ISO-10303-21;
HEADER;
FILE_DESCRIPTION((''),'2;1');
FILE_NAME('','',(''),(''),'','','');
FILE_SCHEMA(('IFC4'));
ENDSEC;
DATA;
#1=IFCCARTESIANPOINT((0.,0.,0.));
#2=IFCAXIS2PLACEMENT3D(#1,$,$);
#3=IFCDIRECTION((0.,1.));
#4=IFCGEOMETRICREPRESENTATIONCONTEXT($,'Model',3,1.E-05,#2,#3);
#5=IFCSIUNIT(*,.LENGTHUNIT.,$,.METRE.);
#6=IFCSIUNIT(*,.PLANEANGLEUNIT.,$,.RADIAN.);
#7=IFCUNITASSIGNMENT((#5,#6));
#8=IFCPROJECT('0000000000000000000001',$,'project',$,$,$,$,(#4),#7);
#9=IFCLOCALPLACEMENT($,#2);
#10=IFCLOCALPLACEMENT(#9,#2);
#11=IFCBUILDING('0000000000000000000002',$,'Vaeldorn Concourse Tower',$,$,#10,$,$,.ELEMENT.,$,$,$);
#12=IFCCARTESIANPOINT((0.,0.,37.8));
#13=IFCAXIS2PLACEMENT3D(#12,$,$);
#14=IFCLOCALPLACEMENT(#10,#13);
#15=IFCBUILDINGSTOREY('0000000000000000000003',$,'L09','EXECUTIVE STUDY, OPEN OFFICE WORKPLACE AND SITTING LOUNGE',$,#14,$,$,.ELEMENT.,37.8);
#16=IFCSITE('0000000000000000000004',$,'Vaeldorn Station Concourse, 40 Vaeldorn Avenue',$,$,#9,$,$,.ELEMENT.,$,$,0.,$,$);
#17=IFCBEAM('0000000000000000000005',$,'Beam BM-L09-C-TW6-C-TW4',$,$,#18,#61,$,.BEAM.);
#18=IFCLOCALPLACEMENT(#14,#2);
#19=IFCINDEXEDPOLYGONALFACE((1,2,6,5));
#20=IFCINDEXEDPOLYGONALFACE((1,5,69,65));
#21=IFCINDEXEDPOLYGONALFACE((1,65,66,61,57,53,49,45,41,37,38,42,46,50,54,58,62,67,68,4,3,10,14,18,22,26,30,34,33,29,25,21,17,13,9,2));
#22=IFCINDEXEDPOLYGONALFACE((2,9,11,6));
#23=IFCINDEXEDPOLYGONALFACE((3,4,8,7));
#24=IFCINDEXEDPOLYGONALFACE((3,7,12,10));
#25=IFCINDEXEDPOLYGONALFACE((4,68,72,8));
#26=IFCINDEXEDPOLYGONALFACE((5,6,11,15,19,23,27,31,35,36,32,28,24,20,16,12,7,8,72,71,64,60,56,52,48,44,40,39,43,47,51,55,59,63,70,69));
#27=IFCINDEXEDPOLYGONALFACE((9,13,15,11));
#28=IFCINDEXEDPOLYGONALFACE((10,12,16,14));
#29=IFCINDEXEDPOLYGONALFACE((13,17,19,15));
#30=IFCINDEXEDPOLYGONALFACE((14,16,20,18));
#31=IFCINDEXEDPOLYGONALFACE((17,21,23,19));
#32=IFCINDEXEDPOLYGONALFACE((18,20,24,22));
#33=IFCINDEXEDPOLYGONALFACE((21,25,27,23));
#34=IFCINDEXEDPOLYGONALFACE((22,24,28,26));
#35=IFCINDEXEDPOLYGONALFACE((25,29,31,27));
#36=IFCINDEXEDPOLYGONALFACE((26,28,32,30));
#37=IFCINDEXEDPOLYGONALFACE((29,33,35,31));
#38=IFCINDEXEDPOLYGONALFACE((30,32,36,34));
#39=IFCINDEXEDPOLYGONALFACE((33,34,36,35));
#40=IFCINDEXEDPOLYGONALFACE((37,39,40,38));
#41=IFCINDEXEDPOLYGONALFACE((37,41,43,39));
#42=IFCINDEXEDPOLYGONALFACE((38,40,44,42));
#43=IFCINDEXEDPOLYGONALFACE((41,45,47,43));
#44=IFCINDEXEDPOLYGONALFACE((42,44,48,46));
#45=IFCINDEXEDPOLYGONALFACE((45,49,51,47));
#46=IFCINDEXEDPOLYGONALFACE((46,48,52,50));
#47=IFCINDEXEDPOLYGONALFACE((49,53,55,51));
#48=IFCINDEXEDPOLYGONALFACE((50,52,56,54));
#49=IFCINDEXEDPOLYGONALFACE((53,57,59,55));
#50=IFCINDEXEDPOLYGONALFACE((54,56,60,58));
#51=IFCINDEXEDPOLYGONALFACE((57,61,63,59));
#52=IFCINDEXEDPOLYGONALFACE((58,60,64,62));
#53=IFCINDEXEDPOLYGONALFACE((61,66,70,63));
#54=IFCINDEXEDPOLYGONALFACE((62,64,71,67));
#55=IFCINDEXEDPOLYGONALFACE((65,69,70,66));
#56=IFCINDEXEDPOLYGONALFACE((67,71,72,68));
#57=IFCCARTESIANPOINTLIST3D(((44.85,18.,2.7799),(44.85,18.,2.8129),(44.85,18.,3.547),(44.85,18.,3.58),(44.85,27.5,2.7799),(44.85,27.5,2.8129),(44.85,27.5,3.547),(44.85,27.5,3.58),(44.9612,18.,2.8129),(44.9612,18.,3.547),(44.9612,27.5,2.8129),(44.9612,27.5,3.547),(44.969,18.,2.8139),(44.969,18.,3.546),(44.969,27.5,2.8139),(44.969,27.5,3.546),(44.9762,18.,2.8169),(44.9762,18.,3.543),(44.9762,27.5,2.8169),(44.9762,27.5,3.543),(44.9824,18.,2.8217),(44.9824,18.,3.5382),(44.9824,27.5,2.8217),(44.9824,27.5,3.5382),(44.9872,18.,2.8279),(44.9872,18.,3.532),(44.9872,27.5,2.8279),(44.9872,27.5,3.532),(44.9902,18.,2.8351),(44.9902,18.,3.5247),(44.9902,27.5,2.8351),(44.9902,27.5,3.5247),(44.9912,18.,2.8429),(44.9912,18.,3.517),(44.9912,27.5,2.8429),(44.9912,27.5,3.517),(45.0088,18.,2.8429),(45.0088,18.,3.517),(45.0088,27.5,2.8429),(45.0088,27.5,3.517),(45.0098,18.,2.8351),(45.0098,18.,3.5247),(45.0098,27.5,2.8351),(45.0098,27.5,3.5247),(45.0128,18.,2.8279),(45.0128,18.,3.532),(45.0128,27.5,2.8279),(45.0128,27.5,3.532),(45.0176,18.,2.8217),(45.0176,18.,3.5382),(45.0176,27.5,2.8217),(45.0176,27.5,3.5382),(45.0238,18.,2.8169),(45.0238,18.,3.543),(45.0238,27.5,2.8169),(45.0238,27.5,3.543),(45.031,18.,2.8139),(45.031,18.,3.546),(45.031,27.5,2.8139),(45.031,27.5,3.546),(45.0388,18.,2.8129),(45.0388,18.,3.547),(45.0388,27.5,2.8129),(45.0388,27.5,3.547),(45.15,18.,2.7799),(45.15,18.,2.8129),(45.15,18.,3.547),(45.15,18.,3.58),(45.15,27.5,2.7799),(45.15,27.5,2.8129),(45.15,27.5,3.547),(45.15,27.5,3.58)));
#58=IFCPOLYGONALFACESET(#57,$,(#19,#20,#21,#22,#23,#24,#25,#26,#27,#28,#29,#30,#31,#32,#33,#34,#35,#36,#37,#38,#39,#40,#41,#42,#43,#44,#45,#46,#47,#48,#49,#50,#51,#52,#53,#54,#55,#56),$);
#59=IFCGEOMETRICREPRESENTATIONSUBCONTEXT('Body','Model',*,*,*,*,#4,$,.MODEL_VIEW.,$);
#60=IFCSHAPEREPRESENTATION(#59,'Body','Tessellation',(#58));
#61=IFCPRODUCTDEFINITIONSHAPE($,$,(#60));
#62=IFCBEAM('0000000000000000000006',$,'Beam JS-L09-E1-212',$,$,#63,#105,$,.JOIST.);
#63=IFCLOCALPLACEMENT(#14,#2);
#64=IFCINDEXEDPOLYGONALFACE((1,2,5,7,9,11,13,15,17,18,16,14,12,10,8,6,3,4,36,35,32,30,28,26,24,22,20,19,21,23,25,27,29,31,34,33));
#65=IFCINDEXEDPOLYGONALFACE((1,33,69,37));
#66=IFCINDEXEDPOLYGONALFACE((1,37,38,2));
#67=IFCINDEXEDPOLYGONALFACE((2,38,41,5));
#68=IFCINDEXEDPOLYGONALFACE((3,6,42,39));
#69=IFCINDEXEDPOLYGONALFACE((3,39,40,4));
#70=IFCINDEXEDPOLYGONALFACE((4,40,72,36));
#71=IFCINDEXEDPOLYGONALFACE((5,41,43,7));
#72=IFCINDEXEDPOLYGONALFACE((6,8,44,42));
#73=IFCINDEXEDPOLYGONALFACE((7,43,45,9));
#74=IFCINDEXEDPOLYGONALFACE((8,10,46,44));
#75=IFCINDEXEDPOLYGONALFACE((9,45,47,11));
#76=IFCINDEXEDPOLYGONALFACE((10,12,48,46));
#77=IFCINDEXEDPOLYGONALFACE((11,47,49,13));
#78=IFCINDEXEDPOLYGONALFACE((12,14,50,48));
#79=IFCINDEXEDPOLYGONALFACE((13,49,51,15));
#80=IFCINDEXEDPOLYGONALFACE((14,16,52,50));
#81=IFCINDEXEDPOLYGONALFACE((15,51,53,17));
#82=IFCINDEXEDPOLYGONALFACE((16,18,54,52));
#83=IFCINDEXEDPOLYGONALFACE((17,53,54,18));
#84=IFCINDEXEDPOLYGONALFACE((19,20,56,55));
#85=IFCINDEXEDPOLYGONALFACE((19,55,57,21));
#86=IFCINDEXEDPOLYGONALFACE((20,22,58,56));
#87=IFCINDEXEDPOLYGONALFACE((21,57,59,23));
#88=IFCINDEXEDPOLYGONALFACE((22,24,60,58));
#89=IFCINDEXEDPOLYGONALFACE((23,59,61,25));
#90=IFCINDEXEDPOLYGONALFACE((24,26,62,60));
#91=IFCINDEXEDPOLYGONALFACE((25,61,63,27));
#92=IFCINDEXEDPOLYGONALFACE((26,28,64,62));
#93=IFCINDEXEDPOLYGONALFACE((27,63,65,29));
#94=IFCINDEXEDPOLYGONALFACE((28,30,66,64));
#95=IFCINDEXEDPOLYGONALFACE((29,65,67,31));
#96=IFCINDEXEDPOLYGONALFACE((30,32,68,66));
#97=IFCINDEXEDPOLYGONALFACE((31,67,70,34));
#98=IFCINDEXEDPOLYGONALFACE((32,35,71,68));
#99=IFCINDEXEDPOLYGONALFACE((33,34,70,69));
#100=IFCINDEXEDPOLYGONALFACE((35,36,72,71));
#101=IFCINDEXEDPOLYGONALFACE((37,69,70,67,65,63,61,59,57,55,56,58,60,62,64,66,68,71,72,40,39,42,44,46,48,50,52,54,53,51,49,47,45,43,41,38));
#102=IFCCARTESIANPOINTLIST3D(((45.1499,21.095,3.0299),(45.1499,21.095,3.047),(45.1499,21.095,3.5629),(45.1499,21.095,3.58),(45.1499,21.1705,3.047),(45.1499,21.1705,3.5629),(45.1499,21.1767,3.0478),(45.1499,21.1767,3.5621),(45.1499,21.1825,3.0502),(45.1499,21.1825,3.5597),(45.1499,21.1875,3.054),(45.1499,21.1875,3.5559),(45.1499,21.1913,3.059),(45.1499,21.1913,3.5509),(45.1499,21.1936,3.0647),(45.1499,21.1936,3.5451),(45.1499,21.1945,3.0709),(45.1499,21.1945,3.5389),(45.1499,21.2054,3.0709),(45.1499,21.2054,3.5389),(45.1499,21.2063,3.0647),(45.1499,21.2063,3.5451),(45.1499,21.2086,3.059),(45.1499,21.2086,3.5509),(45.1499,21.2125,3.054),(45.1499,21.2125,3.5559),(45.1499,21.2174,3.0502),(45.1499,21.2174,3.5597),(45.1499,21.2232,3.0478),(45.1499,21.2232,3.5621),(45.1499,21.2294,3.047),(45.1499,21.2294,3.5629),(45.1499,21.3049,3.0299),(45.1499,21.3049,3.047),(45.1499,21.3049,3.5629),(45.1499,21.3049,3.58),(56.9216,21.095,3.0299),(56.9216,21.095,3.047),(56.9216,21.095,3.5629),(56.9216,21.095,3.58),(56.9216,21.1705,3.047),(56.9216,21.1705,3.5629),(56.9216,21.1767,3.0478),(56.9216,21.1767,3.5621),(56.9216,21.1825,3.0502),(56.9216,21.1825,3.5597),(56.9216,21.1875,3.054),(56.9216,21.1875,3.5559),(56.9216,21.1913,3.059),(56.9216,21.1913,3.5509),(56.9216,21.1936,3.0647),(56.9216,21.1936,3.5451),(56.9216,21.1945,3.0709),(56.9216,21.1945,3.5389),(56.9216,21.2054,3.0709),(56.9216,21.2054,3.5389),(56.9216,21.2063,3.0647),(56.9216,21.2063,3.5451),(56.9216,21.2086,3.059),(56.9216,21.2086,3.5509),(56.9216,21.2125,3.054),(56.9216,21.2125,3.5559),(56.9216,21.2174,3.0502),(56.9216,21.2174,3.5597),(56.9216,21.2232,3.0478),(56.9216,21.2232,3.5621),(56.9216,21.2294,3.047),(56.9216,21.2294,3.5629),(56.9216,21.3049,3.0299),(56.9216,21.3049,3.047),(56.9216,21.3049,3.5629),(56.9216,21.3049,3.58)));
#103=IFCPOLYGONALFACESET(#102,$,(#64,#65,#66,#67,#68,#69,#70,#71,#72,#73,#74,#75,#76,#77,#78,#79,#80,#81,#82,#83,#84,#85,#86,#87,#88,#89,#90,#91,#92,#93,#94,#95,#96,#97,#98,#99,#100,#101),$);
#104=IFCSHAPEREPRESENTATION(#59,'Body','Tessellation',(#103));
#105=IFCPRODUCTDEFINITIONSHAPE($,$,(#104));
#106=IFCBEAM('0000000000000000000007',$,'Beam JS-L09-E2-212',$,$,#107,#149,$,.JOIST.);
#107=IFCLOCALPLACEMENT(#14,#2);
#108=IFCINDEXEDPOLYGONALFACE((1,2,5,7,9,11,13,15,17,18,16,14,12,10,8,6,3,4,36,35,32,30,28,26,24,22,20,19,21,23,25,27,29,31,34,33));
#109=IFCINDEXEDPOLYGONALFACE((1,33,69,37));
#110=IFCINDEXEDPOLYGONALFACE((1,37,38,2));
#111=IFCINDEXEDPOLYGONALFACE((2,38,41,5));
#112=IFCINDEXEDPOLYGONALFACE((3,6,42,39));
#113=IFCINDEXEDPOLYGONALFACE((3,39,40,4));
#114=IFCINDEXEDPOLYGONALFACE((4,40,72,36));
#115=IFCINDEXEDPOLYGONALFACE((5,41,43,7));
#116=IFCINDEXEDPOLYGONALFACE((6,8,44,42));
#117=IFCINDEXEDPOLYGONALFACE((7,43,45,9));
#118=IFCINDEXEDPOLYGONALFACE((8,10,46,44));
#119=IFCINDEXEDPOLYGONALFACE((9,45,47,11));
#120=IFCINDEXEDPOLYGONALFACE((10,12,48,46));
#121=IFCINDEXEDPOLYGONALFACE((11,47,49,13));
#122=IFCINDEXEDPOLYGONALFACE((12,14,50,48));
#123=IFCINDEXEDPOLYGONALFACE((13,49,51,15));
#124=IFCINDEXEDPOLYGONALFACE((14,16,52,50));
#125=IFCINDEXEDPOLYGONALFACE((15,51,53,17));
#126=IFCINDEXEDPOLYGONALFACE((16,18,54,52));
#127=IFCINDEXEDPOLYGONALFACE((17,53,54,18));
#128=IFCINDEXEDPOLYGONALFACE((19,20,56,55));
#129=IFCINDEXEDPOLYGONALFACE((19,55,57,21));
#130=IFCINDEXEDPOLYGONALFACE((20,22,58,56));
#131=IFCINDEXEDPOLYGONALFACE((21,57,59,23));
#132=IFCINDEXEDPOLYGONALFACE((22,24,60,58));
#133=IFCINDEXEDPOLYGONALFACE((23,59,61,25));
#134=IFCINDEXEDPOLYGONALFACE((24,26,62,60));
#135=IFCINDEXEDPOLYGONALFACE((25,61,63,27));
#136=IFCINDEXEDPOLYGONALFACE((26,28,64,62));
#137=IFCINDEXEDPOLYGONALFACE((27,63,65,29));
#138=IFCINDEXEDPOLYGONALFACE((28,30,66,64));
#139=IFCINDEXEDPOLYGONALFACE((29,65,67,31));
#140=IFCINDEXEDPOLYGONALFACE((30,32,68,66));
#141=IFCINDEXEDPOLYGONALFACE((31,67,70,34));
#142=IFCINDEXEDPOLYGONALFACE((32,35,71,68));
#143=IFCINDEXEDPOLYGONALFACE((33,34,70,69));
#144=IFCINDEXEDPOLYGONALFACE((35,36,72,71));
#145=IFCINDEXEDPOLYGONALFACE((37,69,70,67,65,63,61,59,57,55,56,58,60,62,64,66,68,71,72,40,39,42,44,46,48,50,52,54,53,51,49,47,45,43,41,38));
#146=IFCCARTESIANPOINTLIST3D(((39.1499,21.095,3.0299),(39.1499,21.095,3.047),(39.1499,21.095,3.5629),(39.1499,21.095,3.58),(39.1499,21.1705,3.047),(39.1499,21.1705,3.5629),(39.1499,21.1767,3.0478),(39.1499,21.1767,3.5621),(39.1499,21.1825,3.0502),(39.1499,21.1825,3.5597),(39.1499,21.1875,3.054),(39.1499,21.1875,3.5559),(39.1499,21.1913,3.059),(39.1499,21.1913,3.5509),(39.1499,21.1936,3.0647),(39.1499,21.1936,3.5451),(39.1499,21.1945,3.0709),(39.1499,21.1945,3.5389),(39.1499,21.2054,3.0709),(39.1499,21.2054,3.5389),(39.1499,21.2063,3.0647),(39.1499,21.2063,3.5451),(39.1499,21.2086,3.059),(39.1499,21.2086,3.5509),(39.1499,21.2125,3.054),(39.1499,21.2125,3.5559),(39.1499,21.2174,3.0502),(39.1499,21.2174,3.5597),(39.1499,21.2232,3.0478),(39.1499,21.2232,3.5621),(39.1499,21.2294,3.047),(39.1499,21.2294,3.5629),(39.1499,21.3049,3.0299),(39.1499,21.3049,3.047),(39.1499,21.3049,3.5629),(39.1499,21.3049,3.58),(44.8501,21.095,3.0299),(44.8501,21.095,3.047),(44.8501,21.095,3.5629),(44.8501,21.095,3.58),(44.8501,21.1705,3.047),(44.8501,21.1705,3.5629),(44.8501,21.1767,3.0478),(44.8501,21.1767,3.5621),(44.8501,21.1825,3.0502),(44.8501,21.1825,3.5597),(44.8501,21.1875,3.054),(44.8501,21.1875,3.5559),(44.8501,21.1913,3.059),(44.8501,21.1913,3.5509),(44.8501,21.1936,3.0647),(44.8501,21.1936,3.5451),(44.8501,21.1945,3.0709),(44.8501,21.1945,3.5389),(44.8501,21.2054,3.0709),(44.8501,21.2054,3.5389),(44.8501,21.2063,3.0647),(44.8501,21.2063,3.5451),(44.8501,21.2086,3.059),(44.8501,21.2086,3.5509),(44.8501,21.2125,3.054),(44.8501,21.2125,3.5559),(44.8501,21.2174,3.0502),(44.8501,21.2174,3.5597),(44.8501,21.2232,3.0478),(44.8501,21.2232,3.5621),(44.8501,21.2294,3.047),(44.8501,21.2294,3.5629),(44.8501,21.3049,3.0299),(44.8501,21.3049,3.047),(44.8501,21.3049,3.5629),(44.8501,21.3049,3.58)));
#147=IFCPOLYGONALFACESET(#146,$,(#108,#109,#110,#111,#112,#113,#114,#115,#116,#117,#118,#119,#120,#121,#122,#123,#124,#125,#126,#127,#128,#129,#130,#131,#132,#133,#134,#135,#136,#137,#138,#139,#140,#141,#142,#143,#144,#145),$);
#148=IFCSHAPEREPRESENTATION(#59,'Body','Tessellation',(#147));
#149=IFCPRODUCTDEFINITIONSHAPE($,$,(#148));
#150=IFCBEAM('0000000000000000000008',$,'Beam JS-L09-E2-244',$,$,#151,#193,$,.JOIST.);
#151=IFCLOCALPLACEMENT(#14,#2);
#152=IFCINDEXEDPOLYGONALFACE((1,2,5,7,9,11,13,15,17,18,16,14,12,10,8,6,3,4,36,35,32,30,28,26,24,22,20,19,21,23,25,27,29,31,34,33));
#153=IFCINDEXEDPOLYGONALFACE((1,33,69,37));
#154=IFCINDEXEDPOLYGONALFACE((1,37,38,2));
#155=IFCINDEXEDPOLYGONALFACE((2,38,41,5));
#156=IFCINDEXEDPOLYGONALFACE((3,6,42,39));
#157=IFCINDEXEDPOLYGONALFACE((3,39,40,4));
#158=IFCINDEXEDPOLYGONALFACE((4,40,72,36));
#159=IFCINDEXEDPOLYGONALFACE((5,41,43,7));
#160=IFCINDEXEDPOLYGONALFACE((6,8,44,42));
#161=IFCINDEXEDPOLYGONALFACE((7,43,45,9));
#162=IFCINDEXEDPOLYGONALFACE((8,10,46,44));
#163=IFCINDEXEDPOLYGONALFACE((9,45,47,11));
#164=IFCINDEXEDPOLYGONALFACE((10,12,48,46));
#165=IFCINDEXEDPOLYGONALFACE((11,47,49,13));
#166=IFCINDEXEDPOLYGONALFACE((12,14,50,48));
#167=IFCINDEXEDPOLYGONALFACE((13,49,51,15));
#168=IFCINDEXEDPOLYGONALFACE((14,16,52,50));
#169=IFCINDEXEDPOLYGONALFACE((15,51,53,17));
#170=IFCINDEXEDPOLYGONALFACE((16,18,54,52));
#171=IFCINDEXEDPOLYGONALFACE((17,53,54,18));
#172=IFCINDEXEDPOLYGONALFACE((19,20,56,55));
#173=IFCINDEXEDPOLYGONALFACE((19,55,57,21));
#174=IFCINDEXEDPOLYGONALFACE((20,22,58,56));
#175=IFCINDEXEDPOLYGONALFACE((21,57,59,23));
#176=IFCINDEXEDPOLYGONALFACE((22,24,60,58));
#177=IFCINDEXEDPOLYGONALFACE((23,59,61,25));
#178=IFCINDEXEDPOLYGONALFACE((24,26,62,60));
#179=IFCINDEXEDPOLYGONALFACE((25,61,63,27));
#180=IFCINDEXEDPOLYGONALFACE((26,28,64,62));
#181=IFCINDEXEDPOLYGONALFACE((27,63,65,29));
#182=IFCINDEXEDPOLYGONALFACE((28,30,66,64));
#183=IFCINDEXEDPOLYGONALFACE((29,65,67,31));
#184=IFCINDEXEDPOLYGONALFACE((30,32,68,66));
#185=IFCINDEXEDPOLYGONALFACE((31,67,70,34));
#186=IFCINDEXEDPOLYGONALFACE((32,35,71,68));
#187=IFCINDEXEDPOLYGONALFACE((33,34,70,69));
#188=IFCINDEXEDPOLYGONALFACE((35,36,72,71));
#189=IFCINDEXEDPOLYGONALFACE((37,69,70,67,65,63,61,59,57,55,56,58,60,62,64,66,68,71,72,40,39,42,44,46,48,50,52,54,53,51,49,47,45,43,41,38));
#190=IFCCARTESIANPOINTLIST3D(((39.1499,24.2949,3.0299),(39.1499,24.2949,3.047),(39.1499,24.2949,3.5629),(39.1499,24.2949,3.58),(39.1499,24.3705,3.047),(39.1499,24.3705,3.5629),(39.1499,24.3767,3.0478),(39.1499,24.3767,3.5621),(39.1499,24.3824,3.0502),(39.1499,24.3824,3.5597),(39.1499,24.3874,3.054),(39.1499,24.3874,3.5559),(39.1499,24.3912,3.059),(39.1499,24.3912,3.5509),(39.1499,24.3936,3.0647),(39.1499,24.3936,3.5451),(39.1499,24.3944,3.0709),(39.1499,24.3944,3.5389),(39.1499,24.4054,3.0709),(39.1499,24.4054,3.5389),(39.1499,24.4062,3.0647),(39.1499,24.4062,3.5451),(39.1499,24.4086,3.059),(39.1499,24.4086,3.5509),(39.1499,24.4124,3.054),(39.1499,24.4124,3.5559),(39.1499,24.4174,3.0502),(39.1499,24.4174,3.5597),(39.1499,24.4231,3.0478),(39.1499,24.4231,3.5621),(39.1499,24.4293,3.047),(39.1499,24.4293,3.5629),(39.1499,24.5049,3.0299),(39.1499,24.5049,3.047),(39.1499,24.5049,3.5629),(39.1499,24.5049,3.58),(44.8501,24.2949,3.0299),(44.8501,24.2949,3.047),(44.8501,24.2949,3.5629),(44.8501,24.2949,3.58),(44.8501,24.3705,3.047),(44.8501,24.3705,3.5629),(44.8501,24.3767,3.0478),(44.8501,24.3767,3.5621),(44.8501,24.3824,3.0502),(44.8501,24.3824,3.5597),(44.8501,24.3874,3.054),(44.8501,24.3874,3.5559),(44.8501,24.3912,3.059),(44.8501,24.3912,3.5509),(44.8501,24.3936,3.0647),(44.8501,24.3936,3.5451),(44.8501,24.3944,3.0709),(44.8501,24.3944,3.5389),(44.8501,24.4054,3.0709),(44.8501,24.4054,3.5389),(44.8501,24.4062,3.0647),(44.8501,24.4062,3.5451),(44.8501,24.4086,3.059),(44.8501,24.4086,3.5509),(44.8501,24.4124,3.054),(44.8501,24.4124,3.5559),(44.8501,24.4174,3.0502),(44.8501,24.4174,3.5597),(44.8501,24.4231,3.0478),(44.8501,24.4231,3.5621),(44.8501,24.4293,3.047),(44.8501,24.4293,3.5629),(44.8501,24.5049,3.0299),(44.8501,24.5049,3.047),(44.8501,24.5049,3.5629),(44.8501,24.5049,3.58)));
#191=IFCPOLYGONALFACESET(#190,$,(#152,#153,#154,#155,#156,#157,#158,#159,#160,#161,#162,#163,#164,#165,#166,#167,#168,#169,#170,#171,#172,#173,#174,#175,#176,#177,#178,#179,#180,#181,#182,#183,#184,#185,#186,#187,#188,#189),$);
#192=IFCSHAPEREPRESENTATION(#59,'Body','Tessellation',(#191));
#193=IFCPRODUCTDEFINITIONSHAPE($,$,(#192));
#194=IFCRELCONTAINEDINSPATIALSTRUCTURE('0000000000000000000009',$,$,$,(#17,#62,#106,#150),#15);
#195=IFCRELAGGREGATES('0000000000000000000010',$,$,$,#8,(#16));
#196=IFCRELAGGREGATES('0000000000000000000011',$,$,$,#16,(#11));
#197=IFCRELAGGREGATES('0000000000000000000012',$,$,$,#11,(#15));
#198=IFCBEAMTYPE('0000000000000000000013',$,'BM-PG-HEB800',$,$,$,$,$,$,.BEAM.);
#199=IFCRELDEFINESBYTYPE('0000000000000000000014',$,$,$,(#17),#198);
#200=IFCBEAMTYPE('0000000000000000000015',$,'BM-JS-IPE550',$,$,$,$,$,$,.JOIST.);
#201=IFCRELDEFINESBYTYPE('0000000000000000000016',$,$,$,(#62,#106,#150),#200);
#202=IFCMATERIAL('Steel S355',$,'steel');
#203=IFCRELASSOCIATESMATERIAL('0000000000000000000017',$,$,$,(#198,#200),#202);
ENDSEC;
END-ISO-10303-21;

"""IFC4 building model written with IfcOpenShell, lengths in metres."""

from ifc_helpers import new_model, si_unit, direction, frame, origin, origin_2d, place, context, subcontext, project, spatial, i_section, extrude, source, transform, mapped, material, material_profile, profile_set, type_object, element, save


model = new_model("IFC4")

# Units and contexts
model_context = context("Model", 3, precision=1e-05, world=origin(), true_north=direction((0.0, 1.0)))
body_context = subcontext(model_context, "Body", "Model", "MODEL_VIEW")
ifc_project = project(units=[si_unit("LENGTHUNIT", "METRE"), si_unit("PLANEANGLEUNIT", "RADIAN")], contexts=[model_context])

# Site, building, storey
site_placement = place(None, origin())
site = spatial("IfcSite", under=ifc_project, at=site_placement, Name="Vaeldorn Station Concourse, 40 Vaeldorn Avenue", CompositionType="ELEMENT", RefElevation=0.0)
building_placement = place(site_placement, origin())
building = spatial("IfcBuilding", under=site, at=building_placement, Name="Vaeldorn Concourse Tower", CompositionType="ELEMENT")
storey_placement = place(building_placement, frame((0.0, 0.0, 37.8)))
storey = spatial("IfcBuildingStorey", under=building, at=storey_placement, Name="L09", Description="EXECUTIVE STUDY, OPEN OFFICE WORKPLACE AND SITTING LOUNGE", CompositionType="ELEMENT", Elevation=37.8)

# Beams
ifc_material_1 = material(Name="Steel S355", Category="steel")
ifc_material_profile_1 = material_profile(ifc_material_1, i_section(OverallWidth=0.3, OverallDepth=0.8, WebThickness=0.0176, FlangeThickness=0.033, FilletRadius=0.03, at=origin_2d()), Name="HEB 800")
ifc_profile_set_1 = profile_set([ifc_material_profile_1], Name="Steel S355")
beam_type_1 = type_object("IfcBeamType", Name="BM-PG-HEB800", PredefinedType="BEAM", material=ifc_profile_set_1)
shared_shape_1 = source(origin(), body_context, "Body", "SweptSolid", [
    extrude(i_section(OverallWidth=0.3, OverallDepth=0.8, WebThickness=0.0176, FlangeThickness=0.033, FilletRadius=0.03, at=origin_2d()), origin(), (0.0, 0.0, 1.0), 9.5),
])
beam_1_placement = place(storey_placement, frame((45.0, 18.0, 3.1799), z_axis=(0.0, 1.0, 0.0), x_axis=(-1.0, 0.0, 0.0)))
element("IfcBeam", 1, at=beam_1_placement, inside=storey, type_object=beam_type_1, Name="Beam BM-L09-C-TW6-C-TW4", PredefinedType="BEAM", context=body_context, shape_type="MappedRepresentation", body=[
    mapped(shared_shape_1, transform((0.0, 0.0, 0.0), scale=1.0)),
])
ifc_material_profile_2 = material_profile(ifc_material_1, i_section(OverallWidth=0.21, OverallDepth=0.55, WebThickness=0.011, FlangeThickness=0.0171, FilletRadius=0.0239, at=origin_2d()), Name="IPE 550")
ifc_profile_set_2 = profile_set([ifc_material_profile_2], Name="Steel S355")
beam_type_2 = type_object("IfcBeamType", Name="BM-JS-IPE550", PredefinedType="JOIST", material=ifc_profile_set_2)
shared_shape_2 = source(origin(), body_context, "Body", "SweptSolid", [
    extrude(i_section(OverallWidth=0.21, OverallDepth=0.55, WebThickness=0.011, FlangeThickness=0.0171, FilletRadius=0.0239, at=origin_2d()), origin(), (0.0, 0.0, 1.0), 11.7717),
])
beam_2_placement = place(storey_placement, frame((45.1499, 21.2, 3.3049), z_axis=(1.0, 0.0, 0.0), x_axis=(0.0, 1.0, 0.0)))
element("IfcBeam", 2, at=beam_2_placement, inside=storey, type_object=beam_type_2, Name="Beam JS-L09-E1-212", PredefinedType="JOIST", context=body_context, shape_type="MappedRepresentation", body=[
    mapped(shared_shape_2, transform((0.0, 0.0, 0.0), scale=1.0)),
])
shared_shape_3 = source(origin(), body_context, "Body", "SweptSolid", [
    extrude(i_section(OverallWidth=0.21, OverallDepth=0.55, WebThickness=0.011, FlangeThickness=0.0171, FilletRadius=0.0239, at=origin_2d()), origin(), (0.0, 0.0, 1.0), 5.7002),
])
for number, where, z_axis, x_axis, name in (
    (3, (39.1499, 21.2, 3.3049), (1.0, 0.0, 0.0), (0.0, 1.0, 0.0), "Beam JS-L09-E2-212"),
    (4, (39.1499, 24.3999, 3.3049), (1.0, 0.0, 0.0), (0.0, 1.0, 0.0), "Beam JS-L09-E2-244"),
):
    element("IfcBeam", number, at=place(storey_placement, frame(where, z_axis=z_axis, x_axis=x_axis)), inside=storey, type_object=beam_type_2, Name=name, PredefinedType="JOIST", context=body_context, shape_type="MappedRepresentation", body=[
        mapped(shared_shape_3, transform((0.0, 0.0, 0.0), scale=1.0)),
    ])

save(model, "model.ifc")
